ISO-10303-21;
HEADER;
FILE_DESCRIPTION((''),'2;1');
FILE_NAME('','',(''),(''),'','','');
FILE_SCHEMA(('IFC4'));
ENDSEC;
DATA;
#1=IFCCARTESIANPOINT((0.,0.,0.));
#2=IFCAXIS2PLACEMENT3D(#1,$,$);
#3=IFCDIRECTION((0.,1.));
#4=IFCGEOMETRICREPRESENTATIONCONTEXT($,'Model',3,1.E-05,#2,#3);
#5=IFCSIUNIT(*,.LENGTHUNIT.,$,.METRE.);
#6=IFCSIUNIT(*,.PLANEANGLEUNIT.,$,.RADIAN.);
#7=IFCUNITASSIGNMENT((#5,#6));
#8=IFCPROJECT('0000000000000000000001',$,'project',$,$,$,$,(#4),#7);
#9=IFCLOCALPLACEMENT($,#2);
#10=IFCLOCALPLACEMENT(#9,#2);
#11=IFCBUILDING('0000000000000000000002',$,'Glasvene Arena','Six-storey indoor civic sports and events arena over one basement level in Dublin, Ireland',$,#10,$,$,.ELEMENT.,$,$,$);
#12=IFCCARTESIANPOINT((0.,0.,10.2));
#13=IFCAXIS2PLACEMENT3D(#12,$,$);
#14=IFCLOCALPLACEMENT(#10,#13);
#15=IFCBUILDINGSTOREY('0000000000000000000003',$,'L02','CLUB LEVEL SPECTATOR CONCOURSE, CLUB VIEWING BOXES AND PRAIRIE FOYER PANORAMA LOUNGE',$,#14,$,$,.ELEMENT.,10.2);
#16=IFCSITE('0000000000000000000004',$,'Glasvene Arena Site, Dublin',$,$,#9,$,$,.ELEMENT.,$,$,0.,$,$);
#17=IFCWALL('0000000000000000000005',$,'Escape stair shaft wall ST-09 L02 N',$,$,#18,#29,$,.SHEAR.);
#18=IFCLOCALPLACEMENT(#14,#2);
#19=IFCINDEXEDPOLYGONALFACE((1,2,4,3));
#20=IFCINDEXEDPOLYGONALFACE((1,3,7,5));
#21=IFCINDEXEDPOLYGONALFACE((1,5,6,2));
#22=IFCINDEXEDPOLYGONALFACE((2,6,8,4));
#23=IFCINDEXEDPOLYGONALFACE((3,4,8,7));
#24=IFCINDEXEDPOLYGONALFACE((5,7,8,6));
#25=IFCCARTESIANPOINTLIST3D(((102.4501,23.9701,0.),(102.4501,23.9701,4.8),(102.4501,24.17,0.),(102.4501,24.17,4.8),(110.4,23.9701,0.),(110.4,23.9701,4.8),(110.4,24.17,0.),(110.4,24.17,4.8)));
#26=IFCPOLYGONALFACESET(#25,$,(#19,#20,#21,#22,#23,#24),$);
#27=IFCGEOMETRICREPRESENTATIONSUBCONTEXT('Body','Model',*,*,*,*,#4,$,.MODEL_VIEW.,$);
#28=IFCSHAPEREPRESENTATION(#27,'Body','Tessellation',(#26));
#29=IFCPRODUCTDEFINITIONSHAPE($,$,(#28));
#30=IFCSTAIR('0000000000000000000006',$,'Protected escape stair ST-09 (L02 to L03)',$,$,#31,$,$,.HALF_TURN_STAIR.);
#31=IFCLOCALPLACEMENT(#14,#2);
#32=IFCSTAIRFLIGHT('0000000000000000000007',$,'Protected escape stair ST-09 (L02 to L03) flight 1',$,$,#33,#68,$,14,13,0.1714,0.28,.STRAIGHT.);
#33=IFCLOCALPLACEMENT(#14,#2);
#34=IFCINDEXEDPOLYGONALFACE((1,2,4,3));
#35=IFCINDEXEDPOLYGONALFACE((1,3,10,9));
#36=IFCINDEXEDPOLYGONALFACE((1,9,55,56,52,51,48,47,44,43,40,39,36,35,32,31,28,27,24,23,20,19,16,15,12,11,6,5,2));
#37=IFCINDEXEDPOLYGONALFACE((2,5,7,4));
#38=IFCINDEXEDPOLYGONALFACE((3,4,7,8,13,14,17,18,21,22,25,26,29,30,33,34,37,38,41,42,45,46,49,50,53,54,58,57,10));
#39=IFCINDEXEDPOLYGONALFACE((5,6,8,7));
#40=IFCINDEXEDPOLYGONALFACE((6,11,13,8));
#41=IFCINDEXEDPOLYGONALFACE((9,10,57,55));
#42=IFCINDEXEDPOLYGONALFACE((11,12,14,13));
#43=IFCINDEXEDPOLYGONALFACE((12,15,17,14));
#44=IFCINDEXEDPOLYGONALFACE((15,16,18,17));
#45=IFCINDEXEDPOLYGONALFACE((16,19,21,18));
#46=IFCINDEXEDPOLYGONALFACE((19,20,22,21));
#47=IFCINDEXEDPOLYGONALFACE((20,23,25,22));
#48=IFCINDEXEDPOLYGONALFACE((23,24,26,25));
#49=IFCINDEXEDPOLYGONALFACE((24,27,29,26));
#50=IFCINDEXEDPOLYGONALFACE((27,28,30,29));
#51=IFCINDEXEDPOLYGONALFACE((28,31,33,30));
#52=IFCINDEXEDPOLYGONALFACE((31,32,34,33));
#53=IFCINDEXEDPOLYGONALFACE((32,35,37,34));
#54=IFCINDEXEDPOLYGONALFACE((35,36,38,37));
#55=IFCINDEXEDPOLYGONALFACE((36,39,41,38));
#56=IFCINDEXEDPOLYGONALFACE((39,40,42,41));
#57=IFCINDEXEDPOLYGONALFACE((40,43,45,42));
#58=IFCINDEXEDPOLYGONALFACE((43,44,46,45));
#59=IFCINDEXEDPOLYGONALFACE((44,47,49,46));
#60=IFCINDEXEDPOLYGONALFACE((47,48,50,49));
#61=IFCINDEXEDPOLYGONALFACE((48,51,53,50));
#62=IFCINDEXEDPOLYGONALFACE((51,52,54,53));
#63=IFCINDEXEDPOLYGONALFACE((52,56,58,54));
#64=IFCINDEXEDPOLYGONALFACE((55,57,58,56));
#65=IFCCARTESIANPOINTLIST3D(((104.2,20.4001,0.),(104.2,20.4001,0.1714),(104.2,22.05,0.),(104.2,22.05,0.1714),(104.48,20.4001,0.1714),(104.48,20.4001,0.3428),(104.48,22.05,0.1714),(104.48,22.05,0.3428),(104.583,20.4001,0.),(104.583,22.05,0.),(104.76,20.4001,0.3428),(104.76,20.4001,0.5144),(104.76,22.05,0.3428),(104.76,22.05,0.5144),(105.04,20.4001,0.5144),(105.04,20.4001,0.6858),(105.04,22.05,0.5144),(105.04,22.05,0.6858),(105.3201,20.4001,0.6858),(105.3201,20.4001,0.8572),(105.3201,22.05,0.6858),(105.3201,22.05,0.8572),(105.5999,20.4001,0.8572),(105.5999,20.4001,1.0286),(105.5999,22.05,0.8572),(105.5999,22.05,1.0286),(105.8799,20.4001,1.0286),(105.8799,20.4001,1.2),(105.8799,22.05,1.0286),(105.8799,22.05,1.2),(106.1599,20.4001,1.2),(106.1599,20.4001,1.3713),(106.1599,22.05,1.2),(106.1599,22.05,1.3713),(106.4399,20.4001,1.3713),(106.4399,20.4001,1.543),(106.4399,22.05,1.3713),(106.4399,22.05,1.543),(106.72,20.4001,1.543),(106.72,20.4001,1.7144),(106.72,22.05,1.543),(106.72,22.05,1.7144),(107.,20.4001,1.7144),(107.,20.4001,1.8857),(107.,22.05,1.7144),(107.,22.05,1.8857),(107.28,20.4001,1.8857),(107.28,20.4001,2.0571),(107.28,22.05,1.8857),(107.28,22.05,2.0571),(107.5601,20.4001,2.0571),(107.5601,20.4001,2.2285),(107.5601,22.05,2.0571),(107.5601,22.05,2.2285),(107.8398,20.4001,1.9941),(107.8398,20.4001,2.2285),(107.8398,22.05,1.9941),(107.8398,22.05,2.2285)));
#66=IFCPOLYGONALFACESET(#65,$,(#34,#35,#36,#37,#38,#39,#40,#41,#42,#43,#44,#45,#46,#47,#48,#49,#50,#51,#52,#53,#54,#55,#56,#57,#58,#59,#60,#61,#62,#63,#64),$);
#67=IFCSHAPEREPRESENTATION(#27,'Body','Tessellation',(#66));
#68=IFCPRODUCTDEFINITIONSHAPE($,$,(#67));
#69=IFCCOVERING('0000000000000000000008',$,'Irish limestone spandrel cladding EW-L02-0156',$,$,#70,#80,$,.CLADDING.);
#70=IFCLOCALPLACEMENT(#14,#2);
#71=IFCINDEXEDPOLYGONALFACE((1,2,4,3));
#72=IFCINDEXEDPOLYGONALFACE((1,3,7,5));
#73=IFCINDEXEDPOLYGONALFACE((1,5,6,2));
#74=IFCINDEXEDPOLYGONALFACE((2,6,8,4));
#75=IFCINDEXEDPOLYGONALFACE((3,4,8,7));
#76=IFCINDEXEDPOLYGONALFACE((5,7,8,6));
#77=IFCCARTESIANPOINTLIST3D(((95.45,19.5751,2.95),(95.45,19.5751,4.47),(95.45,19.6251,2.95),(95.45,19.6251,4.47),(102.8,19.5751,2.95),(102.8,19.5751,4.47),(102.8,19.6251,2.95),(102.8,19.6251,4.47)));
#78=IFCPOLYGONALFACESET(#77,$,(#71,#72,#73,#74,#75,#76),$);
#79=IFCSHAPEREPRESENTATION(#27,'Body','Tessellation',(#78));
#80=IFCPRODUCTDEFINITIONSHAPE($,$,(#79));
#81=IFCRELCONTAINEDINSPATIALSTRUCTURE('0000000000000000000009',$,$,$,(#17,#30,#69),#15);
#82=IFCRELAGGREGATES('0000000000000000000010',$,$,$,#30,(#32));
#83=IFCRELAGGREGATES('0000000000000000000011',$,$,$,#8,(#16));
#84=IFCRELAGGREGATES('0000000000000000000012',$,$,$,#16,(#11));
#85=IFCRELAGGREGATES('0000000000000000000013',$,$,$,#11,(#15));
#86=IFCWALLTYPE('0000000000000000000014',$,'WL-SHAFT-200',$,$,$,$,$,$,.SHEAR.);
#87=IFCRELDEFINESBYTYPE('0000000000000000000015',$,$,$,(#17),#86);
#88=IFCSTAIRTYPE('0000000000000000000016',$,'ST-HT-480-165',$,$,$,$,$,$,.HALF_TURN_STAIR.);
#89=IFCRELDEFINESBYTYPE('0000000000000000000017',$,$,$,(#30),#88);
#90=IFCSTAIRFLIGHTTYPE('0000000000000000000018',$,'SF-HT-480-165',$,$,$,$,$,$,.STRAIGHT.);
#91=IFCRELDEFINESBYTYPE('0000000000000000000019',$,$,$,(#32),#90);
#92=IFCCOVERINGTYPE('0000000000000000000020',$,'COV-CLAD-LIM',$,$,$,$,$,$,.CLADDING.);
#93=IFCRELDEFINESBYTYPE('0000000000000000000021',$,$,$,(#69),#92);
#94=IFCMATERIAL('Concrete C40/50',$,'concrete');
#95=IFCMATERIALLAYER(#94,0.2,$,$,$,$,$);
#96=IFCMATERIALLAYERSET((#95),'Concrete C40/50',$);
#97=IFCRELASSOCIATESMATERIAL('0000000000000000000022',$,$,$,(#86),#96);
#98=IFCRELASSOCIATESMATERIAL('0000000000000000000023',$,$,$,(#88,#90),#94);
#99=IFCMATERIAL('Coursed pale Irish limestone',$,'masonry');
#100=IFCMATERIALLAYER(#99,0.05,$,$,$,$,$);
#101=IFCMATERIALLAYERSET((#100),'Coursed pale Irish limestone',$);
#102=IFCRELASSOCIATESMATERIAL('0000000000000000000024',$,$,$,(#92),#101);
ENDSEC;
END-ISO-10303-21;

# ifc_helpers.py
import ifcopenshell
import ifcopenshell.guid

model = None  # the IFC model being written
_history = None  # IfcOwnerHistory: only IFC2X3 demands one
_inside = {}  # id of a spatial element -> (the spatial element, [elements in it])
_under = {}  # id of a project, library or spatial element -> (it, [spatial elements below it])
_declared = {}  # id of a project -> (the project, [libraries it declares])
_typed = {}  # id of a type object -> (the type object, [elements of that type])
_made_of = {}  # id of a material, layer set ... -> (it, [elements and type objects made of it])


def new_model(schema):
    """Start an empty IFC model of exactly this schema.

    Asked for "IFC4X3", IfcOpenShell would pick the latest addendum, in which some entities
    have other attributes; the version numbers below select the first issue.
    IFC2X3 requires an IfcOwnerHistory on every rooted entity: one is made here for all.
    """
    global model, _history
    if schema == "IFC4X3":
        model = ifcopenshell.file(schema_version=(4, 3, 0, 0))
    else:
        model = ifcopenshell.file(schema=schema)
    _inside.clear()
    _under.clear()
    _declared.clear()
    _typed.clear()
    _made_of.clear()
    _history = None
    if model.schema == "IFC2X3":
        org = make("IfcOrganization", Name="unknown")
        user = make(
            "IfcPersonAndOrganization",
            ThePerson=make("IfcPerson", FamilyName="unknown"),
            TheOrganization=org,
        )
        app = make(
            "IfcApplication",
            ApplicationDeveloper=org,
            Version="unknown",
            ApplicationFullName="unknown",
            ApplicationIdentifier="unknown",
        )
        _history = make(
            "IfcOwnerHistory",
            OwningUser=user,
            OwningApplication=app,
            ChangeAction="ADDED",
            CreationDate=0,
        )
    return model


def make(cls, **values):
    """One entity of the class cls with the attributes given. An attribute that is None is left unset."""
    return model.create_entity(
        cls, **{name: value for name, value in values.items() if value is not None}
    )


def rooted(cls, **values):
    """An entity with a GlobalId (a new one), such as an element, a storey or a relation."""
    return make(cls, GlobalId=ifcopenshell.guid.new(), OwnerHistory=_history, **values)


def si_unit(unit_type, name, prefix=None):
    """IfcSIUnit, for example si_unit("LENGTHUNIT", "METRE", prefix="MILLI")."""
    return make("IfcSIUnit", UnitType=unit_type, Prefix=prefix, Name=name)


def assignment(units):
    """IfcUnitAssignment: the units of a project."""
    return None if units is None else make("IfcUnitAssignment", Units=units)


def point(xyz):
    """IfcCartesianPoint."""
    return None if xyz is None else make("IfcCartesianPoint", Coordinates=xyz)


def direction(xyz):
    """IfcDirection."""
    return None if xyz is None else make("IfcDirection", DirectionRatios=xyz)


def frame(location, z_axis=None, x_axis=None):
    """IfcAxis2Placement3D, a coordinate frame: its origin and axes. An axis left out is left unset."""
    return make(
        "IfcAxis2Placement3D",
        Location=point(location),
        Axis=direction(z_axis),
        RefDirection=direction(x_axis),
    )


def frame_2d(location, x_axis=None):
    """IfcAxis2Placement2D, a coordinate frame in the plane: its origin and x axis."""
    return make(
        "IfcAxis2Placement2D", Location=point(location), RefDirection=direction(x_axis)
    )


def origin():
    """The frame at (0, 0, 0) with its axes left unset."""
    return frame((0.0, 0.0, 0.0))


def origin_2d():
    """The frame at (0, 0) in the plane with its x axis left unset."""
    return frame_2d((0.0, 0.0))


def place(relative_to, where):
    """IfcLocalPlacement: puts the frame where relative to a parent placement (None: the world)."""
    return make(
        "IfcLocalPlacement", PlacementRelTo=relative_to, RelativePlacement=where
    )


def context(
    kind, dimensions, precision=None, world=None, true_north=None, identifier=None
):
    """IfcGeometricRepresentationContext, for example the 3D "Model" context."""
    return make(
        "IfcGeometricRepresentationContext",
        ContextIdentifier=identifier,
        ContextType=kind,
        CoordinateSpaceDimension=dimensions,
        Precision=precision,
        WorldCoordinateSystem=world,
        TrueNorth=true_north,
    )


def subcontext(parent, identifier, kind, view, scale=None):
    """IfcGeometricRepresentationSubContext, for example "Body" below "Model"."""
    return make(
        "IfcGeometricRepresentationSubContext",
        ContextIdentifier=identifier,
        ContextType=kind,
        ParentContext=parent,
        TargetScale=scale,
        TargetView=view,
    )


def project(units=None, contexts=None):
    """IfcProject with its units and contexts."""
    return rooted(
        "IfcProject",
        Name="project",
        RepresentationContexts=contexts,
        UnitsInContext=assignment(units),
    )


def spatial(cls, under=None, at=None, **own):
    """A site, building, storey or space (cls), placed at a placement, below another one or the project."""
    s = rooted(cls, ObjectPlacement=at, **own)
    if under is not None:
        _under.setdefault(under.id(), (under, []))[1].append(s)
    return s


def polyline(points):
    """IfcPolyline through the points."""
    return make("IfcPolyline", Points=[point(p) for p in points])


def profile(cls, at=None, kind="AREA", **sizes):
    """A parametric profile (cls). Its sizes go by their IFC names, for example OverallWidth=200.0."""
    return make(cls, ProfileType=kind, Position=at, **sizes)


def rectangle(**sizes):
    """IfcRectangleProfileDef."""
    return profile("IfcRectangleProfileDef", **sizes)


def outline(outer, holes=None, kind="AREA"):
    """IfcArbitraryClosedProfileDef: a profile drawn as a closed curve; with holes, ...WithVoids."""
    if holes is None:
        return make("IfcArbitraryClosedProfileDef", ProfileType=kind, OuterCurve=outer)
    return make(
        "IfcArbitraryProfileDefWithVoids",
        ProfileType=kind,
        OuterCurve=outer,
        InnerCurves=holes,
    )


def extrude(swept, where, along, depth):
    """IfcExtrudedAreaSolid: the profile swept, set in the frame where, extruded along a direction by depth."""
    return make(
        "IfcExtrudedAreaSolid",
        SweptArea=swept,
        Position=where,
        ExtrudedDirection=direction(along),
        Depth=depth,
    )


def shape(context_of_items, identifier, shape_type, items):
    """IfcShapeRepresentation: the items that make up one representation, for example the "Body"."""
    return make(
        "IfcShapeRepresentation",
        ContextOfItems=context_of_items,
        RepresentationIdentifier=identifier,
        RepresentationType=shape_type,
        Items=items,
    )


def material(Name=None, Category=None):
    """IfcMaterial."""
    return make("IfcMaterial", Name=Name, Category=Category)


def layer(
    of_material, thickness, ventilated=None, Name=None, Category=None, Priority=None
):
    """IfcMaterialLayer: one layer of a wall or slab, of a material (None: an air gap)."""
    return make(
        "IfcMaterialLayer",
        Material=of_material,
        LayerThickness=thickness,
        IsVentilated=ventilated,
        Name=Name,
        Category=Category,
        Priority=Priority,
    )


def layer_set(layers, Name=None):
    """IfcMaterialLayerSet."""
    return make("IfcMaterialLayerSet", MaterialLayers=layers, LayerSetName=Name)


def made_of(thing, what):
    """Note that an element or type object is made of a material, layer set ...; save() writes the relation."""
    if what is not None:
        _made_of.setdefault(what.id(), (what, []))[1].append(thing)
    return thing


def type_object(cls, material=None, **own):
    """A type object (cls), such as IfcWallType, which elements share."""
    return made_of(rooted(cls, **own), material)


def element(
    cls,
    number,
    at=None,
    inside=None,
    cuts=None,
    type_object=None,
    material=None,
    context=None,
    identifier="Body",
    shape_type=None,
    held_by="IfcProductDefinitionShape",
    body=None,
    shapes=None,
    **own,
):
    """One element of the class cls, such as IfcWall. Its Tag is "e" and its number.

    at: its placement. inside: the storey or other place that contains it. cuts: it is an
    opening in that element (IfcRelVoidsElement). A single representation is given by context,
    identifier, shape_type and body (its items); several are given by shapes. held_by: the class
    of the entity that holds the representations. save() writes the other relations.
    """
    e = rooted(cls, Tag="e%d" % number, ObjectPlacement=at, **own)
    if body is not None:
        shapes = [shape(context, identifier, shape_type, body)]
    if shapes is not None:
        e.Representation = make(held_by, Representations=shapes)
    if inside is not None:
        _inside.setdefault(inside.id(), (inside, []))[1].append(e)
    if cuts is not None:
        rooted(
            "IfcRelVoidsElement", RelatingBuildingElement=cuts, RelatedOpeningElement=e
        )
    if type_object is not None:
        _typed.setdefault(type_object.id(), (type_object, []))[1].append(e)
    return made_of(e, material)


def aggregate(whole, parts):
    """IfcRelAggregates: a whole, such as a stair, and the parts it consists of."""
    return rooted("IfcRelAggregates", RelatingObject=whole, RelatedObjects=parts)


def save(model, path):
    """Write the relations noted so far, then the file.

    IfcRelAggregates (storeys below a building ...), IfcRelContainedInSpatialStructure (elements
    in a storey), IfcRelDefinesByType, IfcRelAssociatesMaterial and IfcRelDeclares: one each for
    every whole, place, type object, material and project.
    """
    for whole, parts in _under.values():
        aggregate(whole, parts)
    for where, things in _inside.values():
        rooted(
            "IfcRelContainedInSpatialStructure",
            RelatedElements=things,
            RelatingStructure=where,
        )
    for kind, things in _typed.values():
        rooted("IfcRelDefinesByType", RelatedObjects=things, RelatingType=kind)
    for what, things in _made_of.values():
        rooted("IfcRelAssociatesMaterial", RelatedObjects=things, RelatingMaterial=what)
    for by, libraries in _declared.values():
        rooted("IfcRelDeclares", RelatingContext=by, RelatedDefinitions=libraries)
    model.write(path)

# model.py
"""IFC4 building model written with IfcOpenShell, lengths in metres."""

from ifc_helpers import new_model, si_unit, direction, frame, frame_2d, origin, origin_2d, place, context, subcontext, project, spatial, polyline, rectangle, outline, extrude, material, layer, layer_set, type_object, element, aggregate, save


model = new_model("IFC4")

# Units and contexts
model_context = context("Model", 3, precision=1e-05, world=origin(), true_north=direction((0.0, 1.0)))
body_context = subcontext(model_context, "Body", "Model", "MODEL_VIEW")
ifc_project = project(units=[si_unit("LENGTHUNIT", "METRE"), si_unit("PLANEANGLEUNIT", "RADIAN")], contexts=[model_context])

# Site, building, storey
site_placement = place(None, origin())
site = spatial("IfcSite", under=ifc_project, at=site_placement, Name="Glasvene Arena Site, Dublin", CompositionType="ELEMENT", RefElevation=0.0)
building_placement = place(site_placement, origin())
building = spatial("IfcBuilding", under=site, at=building_placement, Name="Glasvene Arena", Description="Six-storey indoor civic sports and events arena over one basement level in Dublin, Ireland", CompositionType="ELEMENT")
storey_placement = place(building_placement, frame((0.0, 0.0, 10.2)))
storey = spatial("IfcBuildingStorey", under=building, at=storey_placement, Name="L02", Description="CLUB LEVEL SPECTATOR CONCOURSE, CLUB VIEWING BOXES AND PRAIRIE FOYER PANORAMA LOUNGE", CompositionType="ELEMENT", Elevation=10.2)

# Shared definitions
ifc_material_1 = material(Name="Concrete C40/50", Category="concrete")

# Shared definitions
ifc_material_2 = material(Name="Coursed pale Irish limestone", Category="masonry")

# Shared definitions
ifc_layer_1 = layer(ifc_material_1, 0.2)
ifc_layer_set_1 = layer_set([ifc_layer_1], Name="Concrete C40/50")
wall_type_1 = type_object("IfcWallType", Name="WL-SHAFT-200", PredefinedType="SHEAR", material=ifc_layer_set_1)

# Wall
wall_1_placement = place(storey_placement, frame((102.45, 24.0701, 0.0), z_axis=(0.0, 0.0, 1.0), x_axis=(1.0, 0.0, 0.0)))
element("IfcWall", 1, at=wall_1_placement, inside=storey, type_object=wall_type_1, Name="Escape stair shaft wall ST-09 L02 N", PredefinedType="SHEAR", context=body_context, shape_type="SweptSolid", body=[
    extrude(rectangle(XDim=7.95, YDim=0.2, at=frame_2d((3.9751, 0.0))), origin(), (0.0, 0.0, 1.0), 4.8),
])

# Stair, stair flight
stair_type = type_object("IfcStairType", Name="ST-HT-480-165", PredefinedType="HALF_TURN_STAIR", material=ifc_material_1)
stair_placement = place(storey_placement, origin())
stair = element("IfcStair", 2, at=stair_placement, inside=storey, type_object=stair_type, Name="Protected escape stair ST-09 (L02 to L03)", PredefinedType="HALF_TURN_STAIR")
stair_flight_type = type_object("IfcStairFlightType", Name="SF-HT-480-165", PredefinedType="STRAIGHT", material=ifc_material_1)
stair_flight_placement = place(storey_placement, frame((104.2, 21.2251, 0.0), z_axis=(0.0, 0.0, 1.0), x_axis=(1.0, 0.0, 0.0)))
stair_flight = element("IfcStairFlight", 3, at=stair_flight_placement, type_object=stair_flight_type, Name="Protected escape stair ST-09 (L02 to L03) flight 1", NumberOfRisers=14, NumberOfTreads=13, PredefinedType="STRAIGHT", RiserHeight=0.1714, TreadLength=0.28, context=body_context, shape_type="SweptSolid", body=[
    extrude(outline(polyline([(0.0, 0.0), (0.0, 0.1714), (0.28, 0.1714), (0.28, 0.3428), (0.5601, 0.3428), (0.5601, 0.5144), (0.8401, 0.5144), (0.8401, 0.6858), (1.1201, 0.6858), (1.1201, 0.8572), (1.3999, 0.8572), (1.3999, 1.0286), (1.6799, 1.0286), (1.6799, 1.2), (1.96, 1.2), (1.96, 1.3713), (2.24, 1.3713), (2.24, 1.543), (2.52, 1.543), (2.52, 1.7144), (2.8, 1.7144), (2.8, 1.8857), (3.0801, 1.8857), (3.0801, 2.0571), (3.3601, 2.0571), (3.3601, 2.2285), (3.6399, 2.2285), (3.6399, 2.3999), (3.6399, 1.9941), (0.3831, 0.0), (0.0, 0.0)])), frame((0.0, 0.825, 0.0), z_axis=(0.0, -1.0, 0.0), x_axis=(1.0, 0.0, 0.0)), (0.0, 0.0, 1.0), 1.6499),
])
aggregate(stair, [stair_flight])

# Covering
ifc_layer_2 = layer(ifc_material_2, 0.05)
ifc_layer_set_2 = layer_set([ifc_layer_2], Name="Coursed pale Irish limestone")
covering_type = type_object("IfcCoveringType", Name="COV-CLAD-LIM", PredefinedType="CLADDING", material=ifc_layer_set_2)
covering_placement = place(storey_placement, frame((99.125, 19.6001, 2.95), z_axis=(0.0, 0.0, 1.0), x_axis=(-1.0, 0.0, 0.0)))
element("IfcCovering", 4, at=covering_placement, inside=storey, type_object=covering_type, Name="Irish limestone spandrel cladding EW-L02-0156", PredefinedType="CLADDING", context=body_context, shape_type="SweptSolid", body=[
    extrude(rectangle(XDim=7.3501, YDim=0.05, at=origin_2d()), origin(), (0.0, 0.0, 1.0), 1.52),
])

save(model, "model.ifc")
